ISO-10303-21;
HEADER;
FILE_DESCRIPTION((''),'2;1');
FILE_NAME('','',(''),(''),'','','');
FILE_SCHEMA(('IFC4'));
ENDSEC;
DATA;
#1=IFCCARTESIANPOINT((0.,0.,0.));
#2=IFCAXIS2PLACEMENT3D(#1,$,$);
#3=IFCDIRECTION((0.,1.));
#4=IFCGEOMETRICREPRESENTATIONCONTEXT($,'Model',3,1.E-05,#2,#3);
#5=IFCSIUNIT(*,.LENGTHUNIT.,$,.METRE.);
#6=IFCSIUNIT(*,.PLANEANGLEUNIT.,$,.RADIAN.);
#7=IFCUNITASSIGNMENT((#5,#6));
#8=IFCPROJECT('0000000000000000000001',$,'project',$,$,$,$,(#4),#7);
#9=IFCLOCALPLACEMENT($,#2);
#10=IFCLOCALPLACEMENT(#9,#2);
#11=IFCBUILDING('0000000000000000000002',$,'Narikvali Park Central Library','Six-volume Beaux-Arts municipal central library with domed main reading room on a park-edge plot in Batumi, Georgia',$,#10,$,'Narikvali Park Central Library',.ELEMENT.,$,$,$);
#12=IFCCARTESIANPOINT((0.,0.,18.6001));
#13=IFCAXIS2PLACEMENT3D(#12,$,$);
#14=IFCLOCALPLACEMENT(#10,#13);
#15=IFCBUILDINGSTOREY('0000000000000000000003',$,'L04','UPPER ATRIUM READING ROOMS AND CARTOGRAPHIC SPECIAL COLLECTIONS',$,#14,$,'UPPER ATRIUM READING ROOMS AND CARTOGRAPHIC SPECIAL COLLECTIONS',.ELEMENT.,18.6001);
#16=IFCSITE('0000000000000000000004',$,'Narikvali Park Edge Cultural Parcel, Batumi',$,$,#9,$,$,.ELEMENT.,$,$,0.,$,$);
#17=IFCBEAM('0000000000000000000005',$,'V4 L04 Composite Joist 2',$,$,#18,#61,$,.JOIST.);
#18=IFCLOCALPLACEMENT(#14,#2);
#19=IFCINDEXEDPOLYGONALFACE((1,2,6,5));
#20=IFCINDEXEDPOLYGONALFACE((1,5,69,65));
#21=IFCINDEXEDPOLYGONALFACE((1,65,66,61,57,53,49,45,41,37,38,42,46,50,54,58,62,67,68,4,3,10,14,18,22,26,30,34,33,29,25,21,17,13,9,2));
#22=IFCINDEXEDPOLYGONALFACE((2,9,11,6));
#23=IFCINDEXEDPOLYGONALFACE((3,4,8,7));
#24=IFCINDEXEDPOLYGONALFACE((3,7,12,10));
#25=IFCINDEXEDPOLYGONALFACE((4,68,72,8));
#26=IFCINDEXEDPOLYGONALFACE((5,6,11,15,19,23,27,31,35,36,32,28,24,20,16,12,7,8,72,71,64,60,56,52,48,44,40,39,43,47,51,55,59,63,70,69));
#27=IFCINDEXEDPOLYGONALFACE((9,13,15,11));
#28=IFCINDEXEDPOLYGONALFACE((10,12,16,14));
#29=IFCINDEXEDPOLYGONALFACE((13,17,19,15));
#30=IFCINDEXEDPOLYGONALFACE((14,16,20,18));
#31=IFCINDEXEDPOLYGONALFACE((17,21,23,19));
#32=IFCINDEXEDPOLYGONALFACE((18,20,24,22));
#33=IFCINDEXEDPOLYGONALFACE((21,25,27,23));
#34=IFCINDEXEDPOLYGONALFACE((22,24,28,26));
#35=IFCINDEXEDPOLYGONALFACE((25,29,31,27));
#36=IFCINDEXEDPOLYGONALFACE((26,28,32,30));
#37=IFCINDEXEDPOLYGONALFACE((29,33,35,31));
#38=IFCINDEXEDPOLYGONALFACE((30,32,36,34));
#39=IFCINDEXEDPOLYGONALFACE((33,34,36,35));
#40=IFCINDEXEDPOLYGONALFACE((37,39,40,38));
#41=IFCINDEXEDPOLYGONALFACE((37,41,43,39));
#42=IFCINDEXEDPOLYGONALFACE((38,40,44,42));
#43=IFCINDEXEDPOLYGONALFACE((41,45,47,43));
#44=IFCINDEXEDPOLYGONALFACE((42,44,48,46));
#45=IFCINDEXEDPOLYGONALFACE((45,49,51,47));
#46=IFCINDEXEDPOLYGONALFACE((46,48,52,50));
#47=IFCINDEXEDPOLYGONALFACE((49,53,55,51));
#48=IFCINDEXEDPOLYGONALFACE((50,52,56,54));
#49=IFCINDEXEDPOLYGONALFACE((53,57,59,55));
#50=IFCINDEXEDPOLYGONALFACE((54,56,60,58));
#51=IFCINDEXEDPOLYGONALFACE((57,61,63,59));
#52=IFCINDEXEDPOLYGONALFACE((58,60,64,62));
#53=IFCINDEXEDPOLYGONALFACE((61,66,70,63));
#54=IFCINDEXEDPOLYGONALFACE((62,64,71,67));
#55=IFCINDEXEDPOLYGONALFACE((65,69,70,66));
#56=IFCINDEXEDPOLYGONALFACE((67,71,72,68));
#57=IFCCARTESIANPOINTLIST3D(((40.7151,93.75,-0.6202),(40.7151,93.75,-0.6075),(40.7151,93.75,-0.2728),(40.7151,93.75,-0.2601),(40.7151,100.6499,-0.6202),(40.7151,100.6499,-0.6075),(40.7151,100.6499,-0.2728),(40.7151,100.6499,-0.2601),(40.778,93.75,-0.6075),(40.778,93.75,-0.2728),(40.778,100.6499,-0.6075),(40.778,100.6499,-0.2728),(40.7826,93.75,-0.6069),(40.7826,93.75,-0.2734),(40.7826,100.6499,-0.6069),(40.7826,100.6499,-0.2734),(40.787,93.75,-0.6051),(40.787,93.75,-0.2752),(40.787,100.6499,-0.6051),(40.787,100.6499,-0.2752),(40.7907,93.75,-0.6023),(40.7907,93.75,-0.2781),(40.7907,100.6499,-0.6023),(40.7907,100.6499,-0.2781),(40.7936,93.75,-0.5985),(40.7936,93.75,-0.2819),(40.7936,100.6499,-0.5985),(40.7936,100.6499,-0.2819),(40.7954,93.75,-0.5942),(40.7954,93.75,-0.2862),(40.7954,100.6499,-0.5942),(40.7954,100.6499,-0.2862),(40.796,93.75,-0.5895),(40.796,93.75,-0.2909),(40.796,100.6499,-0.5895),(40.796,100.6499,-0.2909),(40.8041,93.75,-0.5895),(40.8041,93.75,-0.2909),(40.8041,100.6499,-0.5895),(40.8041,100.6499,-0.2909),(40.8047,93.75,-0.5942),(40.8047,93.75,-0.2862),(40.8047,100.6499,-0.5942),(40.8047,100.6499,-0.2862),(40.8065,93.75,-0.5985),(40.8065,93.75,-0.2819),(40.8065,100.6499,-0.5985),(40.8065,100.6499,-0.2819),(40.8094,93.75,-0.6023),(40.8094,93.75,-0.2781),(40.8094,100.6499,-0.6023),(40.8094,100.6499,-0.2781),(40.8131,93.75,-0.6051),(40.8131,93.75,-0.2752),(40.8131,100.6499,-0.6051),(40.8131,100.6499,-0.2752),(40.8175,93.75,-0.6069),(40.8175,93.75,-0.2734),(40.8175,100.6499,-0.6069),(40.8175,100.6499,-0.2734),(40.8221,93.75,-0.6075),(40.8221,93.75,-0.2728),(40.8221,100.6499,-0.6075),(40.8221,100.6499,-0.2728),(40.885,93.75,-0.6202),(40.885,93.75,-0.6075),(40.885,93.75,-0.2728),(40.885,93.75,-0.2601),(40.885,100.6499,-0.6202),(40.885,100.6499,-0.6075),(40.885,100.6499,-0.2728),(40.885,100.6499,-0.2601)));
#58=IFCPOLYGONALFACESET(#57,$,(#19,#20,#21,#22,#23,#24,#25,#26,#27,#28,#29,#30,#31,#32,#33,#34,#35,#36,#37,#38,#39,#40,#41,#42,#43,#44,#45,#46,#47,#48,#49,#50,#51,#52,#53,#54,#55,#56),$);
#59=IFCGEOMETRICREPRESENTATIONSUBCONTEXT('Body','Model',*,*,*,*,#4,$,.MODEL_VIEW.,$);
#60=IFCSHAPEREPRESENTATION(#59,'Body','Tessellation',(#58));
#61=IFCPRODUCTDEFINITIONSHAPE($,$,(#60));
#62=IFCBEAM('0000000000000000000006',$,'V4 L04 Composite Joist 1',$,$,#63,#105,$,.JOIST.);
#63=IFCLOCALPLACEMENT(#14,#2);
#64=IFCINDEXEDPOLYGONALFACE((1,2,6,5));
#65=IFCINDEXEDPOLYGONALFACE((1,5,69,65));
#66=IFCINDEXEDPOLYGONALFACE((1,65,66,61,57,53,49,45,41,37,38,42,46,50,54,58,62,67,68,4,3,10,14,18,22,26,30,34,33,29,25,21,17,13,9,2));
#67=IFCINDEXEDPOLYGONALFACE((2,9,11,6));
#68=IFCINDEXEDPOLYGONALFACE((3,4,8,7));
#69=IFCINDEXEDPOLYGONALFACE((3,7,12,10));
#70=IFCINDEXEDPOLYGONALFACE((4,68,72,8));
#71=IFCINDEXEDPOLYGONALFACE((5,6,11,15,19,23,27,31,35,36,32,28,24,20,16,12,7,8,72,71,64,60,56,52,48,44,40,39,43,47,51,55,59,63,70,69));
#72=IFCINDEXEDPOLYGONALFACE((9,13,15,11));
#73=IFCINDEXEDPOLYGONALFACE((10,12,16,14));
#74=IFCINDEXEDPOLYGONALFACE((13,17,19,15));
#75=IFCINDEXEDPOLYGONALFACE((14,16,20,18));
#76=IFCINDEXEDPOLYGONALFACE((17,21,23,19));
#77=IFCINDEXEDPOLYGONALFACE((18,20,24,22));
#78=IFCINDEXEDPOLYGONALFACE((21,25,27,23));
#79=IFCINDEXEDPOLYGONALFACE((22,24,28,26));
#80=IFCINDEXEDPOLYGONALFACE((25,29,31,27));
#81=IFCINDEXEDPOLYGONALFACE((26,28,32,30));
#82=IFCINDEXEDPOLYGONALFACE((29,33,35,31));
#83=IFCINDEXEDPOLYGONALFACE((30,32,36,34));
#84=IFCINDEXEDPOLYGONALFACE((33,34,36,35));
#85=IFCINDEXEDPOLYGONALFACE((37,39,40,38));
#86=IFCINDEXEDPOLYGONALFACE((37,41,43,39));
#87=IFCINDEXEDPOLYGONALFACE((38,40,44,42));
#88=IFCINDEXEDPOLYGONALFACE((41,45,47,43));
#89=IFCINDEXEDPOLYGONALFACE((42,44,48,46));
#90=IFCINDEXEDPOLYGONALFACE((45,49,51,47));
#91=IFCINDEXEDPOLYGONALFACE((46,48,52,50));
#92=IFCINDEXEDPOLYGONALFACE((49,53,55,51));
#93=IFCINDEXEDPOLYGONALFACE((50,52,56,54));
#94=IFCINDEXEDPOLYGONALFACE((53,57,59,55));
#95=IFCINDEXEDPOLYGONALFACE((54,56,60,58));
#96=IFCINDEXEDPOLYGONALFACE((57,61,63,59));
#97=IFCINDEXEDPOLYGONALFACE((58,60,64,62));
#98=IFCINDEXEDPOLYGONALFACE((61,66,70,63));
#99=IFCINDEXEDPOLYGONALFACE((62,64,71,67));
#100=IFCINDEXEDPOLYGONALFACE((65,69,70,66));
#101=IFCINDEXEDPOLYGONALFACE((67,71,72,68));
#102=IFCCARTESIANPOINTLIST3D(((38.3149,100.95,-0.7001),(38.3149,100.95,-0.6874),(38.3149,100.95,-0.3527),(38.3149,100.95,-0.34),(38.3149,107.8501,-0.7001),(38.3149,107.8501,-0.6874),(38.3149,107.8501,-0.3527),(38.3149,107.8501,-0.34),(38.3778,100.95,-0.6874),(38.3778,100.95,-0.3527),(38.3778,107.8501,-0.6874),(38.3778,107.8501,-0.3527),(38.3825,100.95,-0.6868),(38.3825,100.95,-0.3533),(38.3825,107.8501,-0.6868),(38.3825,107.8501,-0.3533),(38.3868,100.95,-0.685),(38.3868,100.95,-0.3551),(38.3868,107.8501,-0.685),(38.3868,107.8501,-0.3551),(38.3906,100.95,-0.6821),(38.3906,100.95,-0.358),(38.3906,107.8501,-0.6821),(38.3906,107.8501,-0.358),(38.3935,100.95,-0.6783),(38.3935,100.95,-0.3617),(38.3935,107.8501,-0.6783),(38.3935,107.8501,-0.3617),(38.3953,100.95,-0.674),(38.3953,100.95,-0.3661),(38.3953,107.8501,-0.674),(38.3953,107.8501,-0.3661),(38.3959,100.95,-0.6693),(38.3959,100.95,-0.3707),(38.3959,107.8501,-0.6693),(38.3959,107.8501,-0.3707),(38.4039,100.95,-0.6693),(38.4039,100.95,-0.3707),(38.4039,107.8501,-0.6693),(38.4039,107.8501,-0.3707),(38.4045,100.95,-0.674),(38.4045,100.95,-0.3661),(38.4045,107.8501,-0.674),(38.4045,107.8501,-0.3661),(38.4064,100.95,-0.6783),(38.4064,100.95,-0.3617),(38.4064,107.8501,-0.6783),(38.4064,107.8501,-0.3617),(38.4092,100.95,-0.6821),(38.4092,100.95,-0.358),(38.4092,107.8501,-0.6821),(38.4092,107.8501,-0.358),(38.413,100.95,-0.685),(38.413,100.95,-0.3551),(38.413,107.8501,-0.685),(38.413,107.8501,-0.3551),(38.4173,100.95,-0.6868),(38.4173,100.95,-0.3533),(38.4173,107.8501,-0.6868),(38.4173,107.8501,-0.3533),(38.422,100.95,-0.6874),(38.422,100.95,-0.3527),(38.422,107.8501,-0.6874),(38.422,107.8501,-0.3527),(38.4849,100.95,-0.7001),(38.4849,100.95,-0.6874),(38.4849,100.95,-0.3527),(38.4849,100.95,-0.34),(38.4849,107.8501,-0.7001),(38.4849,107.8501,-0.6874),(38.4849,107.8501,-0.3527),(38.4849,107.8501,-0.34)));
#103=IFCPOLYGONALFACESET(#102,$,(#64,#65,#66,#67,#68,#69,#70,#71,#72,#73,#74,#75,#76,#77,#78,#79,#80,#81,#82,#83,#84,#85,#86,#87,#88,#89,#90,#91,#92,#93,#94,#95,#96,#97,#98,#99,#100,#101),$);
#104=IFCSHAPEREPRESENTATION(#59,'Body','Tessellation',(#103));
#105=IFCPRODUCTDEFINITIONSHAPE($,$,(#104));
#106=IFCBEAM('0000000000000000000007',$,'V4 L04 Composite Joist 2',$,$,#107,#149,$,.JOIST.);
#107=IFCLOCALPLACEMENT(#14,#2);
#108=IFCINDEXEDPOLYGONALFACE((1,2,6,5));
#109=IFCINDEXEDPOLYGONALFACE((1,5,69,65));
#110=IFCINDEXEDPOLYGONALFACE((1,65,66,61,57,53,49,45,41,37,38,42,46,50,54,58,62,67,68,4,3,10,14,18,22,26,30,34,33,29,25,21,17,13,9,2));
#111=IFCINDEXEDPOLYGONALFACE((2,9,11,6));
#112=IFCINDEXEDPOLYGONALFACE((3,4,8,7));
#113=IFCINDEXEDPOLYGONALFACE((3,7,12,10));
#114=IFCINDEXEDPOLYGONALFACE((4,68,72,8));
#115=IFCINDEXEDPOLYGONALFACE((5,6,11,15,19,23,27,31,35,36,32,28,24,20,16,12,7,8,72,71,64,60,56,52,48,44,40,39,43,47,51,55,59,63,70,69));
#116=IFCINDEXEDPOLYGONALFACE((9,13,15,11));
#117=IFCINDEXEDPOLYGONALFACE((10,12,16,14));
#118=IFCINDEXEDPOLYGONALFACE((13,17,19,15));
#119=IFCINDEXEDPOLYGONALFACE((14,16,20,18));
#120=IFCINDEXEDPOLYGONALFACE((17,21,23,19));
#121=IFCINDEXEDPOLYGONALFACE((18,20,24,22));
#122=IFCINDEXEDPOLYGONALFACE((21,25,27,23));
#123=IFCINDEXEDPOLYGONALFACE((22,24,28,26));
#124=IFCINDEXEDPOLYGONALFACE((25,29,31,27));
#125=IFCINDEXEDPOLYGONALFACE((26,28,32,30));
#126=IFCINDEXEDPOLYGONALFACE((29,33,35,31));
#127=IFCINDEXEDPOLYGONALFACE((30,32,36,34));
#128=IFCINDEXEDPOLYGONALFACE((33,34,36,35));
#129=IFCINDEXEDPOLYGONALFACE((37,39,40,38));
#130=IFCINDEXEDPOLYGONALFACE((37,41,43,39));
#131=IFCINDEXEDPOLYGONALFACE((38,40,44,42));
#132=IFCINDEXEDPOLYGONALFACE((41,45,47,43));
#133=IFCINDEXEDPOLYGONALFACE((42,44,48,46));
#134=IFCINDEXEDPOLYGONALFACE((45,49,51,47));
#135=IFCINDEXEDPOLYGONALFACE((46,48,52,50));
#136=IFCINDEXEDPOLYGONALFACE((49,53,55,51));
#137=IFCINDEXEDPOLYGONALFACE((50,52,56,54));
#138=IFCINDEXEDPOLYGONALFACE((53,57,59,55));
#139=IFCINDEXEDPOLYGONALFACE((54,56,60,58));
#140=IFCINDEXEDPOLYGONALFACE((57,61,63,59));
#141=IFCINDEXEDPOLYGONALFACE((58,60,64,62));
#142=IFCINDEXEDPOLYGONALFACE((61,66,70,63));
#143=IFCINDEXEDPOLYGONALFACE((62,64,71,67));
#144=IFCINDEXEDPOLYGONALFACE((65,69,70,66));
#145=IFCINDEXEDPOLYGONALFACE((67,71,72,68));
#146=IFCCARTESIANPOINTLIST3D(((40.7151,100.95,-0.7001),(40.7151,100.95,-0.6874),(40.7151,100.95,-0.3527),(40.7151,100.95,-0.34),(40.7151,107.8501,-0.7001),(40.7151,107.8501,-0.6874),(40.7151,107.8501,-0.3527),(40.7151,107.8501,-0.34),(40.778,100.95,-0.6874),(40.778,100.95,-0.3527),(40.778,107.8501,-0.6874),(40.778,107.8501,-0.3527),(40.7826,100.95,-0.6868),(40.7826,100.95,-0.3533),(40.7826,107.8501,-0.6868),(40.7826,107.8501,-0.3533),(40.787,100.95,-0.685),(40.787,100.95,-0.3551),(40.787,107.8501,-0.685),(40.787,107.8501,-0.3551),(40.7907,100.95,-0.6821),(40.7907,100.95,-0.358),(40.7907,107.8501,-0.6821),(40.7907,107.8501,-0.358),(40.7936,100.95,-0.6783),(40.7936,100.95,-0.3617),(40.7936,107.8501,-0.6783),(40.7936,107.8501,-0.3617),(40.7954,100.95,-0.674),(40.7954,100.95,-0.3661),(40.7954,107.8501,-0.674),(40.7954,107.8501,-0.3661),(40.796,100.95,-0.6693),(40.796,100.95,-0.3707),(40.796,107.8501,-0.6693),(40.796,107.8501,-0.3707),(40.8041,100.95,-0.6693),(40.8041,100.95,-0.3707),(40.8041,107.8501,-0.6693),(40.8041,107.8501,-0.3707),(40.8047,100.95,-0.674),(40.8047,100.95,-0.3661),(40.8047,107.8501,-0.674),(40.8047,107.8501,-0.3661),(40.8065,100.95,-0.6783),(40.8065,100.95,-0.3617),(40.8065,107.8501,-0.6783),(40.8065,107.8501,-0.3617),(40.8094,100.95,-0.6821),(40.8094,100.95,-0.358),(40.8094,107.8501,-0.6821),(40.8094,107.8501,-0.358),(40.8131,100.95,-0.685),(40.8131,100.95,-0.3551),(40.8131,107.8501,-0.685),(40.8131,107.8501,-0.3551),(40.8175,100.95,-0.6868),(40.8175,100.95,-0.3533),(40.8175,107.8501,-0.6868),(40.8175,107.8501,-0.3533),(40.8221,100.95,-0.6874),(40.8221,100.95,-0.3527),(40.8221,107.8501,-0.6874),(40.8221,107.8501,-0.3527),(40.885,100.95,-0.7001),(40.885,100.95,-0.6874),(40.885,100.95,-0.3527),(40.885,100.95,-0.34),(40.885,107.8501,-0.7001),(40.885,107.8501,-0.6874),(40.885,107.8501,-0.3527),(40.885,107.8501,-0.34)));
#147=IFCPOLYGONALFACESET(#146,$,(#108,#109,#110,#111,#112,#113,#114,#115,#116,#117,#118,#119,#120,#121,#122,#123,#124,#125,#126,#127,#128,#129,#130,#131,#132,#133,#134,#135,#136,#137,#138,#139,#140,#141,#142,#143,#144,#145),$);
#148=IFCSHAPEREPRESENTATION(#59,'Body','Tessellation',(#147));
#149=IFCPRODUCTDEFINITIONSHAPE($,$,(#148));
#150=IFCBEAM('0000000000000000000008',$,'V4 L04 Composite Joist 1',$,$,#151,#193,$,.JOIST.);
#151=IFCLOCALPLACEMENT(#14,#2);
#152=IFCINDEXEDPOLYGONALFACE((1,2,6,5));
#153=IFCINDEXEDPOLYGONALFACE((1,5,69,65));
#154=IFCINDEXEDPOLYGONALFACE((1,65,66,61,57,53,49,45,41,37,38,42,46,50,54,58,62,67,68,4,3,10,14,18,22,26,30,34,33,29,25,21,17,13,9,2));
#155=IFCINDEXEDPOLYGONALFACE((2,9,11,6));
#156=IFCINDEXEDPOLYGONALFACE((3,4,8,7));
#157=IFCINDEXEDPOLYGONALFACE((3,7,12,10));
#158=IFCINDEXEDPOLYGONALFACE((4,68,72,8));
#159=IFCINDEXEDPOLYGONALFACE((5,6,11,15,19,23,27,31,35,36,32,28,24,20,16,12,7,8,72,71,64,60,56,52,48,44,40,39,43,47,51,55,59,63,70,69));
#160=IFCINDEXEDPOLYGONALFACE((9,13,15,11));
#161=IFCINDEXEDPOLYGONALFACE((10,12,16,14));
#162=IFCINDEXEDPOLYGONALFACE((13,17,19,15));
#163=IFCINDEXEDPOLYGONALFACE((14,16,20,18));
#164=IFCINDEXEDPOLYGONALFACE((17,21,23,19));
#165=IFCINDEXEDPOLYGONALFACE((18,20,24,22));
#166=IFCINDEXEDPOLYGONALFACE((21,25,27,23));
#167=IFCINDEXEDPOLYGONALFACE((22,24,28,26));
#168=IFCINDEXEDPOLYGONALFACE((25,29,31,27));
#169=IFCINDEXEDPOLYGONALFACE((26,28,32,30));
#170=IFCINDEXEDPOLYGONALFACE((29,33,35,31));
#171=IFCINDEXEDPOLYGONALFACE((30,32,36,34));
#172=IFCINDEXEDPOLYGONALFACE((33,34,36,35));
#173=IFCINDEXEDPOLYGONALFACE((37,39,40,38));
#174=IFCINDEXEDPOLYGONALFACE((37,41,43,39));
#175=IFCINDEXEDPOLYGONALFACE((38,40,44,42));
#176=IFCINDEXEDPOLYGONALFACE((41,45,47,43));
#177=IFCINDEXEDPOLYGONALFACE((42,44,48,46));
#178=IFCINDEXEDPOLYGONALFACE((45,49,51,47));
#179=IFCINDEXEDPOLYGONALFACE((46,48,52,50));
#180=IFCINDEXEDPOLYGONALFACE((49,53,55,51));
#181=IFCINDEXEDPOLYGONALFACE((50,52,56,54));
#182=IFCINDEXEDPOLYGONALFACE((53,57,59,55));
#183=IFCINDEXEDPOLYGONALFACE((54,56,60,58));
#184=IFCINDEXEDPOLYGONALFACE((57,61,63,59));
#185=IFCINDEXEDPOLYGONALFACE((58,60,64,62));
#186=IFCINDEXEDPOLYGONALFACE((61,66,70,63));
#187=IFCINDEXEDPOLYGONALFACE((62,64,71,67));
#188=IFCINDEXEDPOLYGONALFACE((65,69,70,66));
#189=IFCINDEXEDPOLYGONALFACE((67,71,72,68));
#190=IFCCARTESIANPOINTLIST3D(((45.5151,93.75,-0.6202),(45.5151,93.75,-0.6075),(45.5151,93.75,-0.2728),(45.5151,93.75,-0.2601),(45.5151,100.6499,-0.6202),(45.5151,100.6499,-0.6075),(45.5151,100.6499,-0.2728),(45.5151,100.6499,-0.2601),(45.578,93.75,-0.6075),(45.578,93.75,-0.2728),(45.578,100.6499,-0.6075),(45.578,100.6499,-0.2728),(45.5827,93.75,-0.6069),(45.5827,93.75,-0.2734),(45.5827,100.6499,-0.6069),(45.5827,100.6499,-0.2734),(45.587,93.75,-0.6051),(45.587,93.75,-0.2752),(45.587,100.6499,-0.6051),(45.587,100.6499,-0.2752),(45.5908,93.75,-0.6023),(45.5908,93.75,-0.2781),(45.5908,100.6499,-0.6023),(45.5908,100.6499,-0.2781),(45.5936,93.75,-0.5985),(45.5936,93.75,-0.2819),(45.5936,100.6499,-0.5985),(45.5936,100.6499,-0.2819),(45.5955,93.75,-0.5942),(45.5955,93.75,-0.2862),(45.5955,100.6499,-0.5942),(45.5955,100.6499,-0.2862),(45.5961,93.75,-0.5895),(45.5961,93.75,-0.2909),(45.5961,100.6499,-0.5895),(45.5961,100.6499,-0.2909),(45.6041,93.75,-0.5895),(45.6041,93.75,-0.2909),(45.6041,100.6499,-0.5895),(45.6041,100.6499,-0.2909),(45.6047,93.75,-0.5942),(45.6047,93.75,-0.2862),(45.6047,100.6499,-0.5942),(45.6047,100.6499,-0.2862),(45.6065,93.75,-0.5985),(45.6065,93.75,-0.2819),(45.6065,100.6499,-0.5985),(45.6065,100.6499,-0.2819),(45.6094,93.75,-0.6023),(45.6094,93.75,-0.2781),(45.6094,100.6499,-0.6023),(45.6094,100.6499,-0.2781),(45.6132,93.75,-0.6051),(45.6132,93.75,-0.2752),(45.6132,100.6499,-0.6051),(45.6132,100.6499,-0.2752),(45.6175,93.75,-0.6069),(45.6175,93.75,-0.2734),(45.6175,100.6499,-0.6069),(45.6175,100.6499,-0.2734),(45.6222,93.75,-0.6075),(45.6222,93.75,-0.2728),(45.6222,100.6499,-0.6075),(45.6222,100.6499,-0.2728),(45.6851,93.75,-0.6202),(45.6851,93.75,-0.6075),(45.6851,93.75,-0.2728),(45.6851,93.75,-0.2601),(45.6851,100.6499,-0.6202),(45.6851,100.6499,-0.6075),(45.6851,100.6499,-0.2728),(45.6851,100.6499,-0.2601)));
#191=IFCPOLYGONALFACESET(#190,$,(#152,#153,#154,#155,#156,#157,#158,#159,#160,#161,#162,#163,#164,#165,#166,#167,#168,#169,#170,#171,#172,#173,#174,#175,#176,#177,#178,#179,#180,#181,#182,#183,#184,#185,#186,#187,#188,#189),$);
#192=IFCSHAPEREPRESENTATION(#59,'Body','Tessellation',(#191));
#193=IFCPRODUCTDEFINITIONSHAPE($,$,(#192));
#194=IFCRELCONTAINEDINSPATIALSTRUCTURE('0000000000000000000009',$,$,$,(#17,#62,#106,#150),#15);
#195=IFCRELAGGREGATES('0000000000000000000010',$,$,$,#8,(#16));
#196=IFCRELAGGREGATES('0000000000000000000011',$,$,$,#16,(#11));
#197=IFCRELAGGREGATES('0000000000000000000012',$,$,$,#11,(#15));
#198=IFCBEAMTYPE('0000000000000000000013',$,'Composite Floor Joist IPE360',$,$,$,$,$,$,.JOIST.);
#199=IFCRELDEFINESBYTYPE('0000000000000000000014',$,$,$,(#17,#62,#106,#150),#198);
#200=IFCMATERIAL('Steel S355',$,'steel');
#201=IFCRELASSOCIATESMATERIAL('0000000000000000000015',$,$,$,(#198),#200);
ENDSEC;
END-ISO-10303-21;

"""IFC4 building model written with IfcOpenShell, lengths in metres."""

from ifc_helpers import new_model, si_unit, direction, frame, origin, origin_2d, place, context, subcontext, project, spatial, i_section, extrude, material, material_profile, profile_set, type_object, element, save


model = new_model("IFC4")

# Units and contexts
model_context = context("Model", 3, precision=1e-05, world=origin(), true_north=direction((0.0, 1.0)))
body_context = subcontext(model_context, "Body", "Model", "MODEL_VIEW")
ifc_project = project(units=[si_unit("LENGTHUNIT", "METRE"), si_unit("PLANEANGLEUNIT", "RADIAN")], contexts=[model_context])

# Site, building, storey
site_placement = place(None, origin())
site = spatial("IfcSite", under=ifc_project, at=site_placement, Name="Narikvali Park Edge Cultural Parcel, Batumi", CompositionType="ELEMENT", RefElevation=0.0)
building_placement = place(site_placement, origin())
building = spatial("IfcBuilding", under=site, at=building_placement, Name="Narikvali Park Central Library", Description="Six-volume Beaux-Arts municipal central library with domed main reading room on a park-edge plot in Batumi, Georgia", LongName="Narikvali Park Central Library", CompositionType="ELEMENT")
storey_placement = place(building_placement, frame((0.0, 0.0, 18.6001)))
storey = spatial("IfcBuildingStorey", under=building, at=storey_placement, Name="L04", Description="UPPER ATRIUM READING ROOMS AND CARTOGRAPHIC SPECIAL COLLECTIONS", LongName="UPPER ATRIUM READING ROOMS AND CARTOGRAPHIC SPECIAL COLLECTIONS", CompositionType="ELEMENT", Elevation=18.6001)

# Shared definitions
ifc_material_1 = material(Name="Steel S355", Category="steel")

# Beams
ifc_material_profile_1 = material_profile(ifc_material_1, i_section(OverallWidth=0.1699, OverallDepth=0.3601, WebThickness=0.0081, FlangeThickness=0.0127, FilletRadius=0.0181, at=origin_2d()), Name="IPE 360")
ifc_profile_set_1 = profile_set([ifc_material_profile_1], Name="Steel S355")
beam_type_1 = type_object("IfcBeamType", Name="Composite Floor Joist IPE360", PredefinedType="JOIST", material=ifc_profile_set_1)
for number, where, z_axis, x_axis, name in (
    (1, (40.8, 93.75, -0.4402), (0.0, 1.0, 0.0), (-1.0, 0.0, 0.0), "V4 L04 Composite Joist 2"),
):
    element("IfcBeam", number, at=place(storey_placement, frame(where, z_axis=z_axis, x_axis=x_axis)), inside=storey, type_object=beam_type_1, Name=name, PredefinedType="JOIST", context=body_context, shape_type="SweptSolid", body=[
        extrude(i_section(OverallWidth=0.1699, OverallDepth=0.3601, WebThickness=0.0081, FlangeThickness=0.0127, FilletRadius=0.0181, at=origin_2d()), origin(), (0.0, 0.0, 1.0), 6.8999),
    ])
for number, where, z_axis, x_axis, name in (
    (2, (38.3999, 100.95, -0.52), (0.0, 1.0, 0.0), (-1.0, 0.0, 0.0), "V4 L04 Composite Joist 1"),
    (3, (40.8, 100.95, -0.52), (0.0, 1.0, 0.0), (-1.0, 0.0, 0.0), "V4 L04 Composite Joist 2"),
):
    element("IfcBeam", number, at=place(storey_placement, frame(where, z_axis=z_axis, x_axis=x_axis)), inside=storey, type_object=beam_type_1, Name=name, PredefinedType="JOIST", context=body_context, shape_type="SweptSolid", body=[
        extrude(i_section(OverallWidth=0.1699, OverallDepth=0.3601, WebThickness=0.0081, FlangeThickness=0.0127, FilletRadius=0.0181, at=origin_2d()), origin(), (0.0, 0.0, 1.0), 6.9001),
    ])
for number, where, z_axis, x_axis, name in (
    (4, (45.6001, 93.75, -0.4402), (0.0, 1.0, 0.0), (-1.0, 0.0, 0.0), "V4 L04 Composite Joist 1"),
):
    element("IfcBeam", number, at=place(storey_placement, frame(where, z_axis=z_axis, x_axis=x_axis)), inside=storey, type_object=beam_type_1, Name=name, PredefinedType="JOIST", context=body_context, shape_type="SweptSolid", body=[
        extrude(i_section(OverallWidth=0.1699, OverallDepth=0.3601, WebThickness=0.0081, FlangeThickness=0.0127, FilletRadius=0.0181, at=origin_2d()), origin(), (0.0, 0.0, 1.0), 6.8999),
    ])

save(model, "model.ifc")
